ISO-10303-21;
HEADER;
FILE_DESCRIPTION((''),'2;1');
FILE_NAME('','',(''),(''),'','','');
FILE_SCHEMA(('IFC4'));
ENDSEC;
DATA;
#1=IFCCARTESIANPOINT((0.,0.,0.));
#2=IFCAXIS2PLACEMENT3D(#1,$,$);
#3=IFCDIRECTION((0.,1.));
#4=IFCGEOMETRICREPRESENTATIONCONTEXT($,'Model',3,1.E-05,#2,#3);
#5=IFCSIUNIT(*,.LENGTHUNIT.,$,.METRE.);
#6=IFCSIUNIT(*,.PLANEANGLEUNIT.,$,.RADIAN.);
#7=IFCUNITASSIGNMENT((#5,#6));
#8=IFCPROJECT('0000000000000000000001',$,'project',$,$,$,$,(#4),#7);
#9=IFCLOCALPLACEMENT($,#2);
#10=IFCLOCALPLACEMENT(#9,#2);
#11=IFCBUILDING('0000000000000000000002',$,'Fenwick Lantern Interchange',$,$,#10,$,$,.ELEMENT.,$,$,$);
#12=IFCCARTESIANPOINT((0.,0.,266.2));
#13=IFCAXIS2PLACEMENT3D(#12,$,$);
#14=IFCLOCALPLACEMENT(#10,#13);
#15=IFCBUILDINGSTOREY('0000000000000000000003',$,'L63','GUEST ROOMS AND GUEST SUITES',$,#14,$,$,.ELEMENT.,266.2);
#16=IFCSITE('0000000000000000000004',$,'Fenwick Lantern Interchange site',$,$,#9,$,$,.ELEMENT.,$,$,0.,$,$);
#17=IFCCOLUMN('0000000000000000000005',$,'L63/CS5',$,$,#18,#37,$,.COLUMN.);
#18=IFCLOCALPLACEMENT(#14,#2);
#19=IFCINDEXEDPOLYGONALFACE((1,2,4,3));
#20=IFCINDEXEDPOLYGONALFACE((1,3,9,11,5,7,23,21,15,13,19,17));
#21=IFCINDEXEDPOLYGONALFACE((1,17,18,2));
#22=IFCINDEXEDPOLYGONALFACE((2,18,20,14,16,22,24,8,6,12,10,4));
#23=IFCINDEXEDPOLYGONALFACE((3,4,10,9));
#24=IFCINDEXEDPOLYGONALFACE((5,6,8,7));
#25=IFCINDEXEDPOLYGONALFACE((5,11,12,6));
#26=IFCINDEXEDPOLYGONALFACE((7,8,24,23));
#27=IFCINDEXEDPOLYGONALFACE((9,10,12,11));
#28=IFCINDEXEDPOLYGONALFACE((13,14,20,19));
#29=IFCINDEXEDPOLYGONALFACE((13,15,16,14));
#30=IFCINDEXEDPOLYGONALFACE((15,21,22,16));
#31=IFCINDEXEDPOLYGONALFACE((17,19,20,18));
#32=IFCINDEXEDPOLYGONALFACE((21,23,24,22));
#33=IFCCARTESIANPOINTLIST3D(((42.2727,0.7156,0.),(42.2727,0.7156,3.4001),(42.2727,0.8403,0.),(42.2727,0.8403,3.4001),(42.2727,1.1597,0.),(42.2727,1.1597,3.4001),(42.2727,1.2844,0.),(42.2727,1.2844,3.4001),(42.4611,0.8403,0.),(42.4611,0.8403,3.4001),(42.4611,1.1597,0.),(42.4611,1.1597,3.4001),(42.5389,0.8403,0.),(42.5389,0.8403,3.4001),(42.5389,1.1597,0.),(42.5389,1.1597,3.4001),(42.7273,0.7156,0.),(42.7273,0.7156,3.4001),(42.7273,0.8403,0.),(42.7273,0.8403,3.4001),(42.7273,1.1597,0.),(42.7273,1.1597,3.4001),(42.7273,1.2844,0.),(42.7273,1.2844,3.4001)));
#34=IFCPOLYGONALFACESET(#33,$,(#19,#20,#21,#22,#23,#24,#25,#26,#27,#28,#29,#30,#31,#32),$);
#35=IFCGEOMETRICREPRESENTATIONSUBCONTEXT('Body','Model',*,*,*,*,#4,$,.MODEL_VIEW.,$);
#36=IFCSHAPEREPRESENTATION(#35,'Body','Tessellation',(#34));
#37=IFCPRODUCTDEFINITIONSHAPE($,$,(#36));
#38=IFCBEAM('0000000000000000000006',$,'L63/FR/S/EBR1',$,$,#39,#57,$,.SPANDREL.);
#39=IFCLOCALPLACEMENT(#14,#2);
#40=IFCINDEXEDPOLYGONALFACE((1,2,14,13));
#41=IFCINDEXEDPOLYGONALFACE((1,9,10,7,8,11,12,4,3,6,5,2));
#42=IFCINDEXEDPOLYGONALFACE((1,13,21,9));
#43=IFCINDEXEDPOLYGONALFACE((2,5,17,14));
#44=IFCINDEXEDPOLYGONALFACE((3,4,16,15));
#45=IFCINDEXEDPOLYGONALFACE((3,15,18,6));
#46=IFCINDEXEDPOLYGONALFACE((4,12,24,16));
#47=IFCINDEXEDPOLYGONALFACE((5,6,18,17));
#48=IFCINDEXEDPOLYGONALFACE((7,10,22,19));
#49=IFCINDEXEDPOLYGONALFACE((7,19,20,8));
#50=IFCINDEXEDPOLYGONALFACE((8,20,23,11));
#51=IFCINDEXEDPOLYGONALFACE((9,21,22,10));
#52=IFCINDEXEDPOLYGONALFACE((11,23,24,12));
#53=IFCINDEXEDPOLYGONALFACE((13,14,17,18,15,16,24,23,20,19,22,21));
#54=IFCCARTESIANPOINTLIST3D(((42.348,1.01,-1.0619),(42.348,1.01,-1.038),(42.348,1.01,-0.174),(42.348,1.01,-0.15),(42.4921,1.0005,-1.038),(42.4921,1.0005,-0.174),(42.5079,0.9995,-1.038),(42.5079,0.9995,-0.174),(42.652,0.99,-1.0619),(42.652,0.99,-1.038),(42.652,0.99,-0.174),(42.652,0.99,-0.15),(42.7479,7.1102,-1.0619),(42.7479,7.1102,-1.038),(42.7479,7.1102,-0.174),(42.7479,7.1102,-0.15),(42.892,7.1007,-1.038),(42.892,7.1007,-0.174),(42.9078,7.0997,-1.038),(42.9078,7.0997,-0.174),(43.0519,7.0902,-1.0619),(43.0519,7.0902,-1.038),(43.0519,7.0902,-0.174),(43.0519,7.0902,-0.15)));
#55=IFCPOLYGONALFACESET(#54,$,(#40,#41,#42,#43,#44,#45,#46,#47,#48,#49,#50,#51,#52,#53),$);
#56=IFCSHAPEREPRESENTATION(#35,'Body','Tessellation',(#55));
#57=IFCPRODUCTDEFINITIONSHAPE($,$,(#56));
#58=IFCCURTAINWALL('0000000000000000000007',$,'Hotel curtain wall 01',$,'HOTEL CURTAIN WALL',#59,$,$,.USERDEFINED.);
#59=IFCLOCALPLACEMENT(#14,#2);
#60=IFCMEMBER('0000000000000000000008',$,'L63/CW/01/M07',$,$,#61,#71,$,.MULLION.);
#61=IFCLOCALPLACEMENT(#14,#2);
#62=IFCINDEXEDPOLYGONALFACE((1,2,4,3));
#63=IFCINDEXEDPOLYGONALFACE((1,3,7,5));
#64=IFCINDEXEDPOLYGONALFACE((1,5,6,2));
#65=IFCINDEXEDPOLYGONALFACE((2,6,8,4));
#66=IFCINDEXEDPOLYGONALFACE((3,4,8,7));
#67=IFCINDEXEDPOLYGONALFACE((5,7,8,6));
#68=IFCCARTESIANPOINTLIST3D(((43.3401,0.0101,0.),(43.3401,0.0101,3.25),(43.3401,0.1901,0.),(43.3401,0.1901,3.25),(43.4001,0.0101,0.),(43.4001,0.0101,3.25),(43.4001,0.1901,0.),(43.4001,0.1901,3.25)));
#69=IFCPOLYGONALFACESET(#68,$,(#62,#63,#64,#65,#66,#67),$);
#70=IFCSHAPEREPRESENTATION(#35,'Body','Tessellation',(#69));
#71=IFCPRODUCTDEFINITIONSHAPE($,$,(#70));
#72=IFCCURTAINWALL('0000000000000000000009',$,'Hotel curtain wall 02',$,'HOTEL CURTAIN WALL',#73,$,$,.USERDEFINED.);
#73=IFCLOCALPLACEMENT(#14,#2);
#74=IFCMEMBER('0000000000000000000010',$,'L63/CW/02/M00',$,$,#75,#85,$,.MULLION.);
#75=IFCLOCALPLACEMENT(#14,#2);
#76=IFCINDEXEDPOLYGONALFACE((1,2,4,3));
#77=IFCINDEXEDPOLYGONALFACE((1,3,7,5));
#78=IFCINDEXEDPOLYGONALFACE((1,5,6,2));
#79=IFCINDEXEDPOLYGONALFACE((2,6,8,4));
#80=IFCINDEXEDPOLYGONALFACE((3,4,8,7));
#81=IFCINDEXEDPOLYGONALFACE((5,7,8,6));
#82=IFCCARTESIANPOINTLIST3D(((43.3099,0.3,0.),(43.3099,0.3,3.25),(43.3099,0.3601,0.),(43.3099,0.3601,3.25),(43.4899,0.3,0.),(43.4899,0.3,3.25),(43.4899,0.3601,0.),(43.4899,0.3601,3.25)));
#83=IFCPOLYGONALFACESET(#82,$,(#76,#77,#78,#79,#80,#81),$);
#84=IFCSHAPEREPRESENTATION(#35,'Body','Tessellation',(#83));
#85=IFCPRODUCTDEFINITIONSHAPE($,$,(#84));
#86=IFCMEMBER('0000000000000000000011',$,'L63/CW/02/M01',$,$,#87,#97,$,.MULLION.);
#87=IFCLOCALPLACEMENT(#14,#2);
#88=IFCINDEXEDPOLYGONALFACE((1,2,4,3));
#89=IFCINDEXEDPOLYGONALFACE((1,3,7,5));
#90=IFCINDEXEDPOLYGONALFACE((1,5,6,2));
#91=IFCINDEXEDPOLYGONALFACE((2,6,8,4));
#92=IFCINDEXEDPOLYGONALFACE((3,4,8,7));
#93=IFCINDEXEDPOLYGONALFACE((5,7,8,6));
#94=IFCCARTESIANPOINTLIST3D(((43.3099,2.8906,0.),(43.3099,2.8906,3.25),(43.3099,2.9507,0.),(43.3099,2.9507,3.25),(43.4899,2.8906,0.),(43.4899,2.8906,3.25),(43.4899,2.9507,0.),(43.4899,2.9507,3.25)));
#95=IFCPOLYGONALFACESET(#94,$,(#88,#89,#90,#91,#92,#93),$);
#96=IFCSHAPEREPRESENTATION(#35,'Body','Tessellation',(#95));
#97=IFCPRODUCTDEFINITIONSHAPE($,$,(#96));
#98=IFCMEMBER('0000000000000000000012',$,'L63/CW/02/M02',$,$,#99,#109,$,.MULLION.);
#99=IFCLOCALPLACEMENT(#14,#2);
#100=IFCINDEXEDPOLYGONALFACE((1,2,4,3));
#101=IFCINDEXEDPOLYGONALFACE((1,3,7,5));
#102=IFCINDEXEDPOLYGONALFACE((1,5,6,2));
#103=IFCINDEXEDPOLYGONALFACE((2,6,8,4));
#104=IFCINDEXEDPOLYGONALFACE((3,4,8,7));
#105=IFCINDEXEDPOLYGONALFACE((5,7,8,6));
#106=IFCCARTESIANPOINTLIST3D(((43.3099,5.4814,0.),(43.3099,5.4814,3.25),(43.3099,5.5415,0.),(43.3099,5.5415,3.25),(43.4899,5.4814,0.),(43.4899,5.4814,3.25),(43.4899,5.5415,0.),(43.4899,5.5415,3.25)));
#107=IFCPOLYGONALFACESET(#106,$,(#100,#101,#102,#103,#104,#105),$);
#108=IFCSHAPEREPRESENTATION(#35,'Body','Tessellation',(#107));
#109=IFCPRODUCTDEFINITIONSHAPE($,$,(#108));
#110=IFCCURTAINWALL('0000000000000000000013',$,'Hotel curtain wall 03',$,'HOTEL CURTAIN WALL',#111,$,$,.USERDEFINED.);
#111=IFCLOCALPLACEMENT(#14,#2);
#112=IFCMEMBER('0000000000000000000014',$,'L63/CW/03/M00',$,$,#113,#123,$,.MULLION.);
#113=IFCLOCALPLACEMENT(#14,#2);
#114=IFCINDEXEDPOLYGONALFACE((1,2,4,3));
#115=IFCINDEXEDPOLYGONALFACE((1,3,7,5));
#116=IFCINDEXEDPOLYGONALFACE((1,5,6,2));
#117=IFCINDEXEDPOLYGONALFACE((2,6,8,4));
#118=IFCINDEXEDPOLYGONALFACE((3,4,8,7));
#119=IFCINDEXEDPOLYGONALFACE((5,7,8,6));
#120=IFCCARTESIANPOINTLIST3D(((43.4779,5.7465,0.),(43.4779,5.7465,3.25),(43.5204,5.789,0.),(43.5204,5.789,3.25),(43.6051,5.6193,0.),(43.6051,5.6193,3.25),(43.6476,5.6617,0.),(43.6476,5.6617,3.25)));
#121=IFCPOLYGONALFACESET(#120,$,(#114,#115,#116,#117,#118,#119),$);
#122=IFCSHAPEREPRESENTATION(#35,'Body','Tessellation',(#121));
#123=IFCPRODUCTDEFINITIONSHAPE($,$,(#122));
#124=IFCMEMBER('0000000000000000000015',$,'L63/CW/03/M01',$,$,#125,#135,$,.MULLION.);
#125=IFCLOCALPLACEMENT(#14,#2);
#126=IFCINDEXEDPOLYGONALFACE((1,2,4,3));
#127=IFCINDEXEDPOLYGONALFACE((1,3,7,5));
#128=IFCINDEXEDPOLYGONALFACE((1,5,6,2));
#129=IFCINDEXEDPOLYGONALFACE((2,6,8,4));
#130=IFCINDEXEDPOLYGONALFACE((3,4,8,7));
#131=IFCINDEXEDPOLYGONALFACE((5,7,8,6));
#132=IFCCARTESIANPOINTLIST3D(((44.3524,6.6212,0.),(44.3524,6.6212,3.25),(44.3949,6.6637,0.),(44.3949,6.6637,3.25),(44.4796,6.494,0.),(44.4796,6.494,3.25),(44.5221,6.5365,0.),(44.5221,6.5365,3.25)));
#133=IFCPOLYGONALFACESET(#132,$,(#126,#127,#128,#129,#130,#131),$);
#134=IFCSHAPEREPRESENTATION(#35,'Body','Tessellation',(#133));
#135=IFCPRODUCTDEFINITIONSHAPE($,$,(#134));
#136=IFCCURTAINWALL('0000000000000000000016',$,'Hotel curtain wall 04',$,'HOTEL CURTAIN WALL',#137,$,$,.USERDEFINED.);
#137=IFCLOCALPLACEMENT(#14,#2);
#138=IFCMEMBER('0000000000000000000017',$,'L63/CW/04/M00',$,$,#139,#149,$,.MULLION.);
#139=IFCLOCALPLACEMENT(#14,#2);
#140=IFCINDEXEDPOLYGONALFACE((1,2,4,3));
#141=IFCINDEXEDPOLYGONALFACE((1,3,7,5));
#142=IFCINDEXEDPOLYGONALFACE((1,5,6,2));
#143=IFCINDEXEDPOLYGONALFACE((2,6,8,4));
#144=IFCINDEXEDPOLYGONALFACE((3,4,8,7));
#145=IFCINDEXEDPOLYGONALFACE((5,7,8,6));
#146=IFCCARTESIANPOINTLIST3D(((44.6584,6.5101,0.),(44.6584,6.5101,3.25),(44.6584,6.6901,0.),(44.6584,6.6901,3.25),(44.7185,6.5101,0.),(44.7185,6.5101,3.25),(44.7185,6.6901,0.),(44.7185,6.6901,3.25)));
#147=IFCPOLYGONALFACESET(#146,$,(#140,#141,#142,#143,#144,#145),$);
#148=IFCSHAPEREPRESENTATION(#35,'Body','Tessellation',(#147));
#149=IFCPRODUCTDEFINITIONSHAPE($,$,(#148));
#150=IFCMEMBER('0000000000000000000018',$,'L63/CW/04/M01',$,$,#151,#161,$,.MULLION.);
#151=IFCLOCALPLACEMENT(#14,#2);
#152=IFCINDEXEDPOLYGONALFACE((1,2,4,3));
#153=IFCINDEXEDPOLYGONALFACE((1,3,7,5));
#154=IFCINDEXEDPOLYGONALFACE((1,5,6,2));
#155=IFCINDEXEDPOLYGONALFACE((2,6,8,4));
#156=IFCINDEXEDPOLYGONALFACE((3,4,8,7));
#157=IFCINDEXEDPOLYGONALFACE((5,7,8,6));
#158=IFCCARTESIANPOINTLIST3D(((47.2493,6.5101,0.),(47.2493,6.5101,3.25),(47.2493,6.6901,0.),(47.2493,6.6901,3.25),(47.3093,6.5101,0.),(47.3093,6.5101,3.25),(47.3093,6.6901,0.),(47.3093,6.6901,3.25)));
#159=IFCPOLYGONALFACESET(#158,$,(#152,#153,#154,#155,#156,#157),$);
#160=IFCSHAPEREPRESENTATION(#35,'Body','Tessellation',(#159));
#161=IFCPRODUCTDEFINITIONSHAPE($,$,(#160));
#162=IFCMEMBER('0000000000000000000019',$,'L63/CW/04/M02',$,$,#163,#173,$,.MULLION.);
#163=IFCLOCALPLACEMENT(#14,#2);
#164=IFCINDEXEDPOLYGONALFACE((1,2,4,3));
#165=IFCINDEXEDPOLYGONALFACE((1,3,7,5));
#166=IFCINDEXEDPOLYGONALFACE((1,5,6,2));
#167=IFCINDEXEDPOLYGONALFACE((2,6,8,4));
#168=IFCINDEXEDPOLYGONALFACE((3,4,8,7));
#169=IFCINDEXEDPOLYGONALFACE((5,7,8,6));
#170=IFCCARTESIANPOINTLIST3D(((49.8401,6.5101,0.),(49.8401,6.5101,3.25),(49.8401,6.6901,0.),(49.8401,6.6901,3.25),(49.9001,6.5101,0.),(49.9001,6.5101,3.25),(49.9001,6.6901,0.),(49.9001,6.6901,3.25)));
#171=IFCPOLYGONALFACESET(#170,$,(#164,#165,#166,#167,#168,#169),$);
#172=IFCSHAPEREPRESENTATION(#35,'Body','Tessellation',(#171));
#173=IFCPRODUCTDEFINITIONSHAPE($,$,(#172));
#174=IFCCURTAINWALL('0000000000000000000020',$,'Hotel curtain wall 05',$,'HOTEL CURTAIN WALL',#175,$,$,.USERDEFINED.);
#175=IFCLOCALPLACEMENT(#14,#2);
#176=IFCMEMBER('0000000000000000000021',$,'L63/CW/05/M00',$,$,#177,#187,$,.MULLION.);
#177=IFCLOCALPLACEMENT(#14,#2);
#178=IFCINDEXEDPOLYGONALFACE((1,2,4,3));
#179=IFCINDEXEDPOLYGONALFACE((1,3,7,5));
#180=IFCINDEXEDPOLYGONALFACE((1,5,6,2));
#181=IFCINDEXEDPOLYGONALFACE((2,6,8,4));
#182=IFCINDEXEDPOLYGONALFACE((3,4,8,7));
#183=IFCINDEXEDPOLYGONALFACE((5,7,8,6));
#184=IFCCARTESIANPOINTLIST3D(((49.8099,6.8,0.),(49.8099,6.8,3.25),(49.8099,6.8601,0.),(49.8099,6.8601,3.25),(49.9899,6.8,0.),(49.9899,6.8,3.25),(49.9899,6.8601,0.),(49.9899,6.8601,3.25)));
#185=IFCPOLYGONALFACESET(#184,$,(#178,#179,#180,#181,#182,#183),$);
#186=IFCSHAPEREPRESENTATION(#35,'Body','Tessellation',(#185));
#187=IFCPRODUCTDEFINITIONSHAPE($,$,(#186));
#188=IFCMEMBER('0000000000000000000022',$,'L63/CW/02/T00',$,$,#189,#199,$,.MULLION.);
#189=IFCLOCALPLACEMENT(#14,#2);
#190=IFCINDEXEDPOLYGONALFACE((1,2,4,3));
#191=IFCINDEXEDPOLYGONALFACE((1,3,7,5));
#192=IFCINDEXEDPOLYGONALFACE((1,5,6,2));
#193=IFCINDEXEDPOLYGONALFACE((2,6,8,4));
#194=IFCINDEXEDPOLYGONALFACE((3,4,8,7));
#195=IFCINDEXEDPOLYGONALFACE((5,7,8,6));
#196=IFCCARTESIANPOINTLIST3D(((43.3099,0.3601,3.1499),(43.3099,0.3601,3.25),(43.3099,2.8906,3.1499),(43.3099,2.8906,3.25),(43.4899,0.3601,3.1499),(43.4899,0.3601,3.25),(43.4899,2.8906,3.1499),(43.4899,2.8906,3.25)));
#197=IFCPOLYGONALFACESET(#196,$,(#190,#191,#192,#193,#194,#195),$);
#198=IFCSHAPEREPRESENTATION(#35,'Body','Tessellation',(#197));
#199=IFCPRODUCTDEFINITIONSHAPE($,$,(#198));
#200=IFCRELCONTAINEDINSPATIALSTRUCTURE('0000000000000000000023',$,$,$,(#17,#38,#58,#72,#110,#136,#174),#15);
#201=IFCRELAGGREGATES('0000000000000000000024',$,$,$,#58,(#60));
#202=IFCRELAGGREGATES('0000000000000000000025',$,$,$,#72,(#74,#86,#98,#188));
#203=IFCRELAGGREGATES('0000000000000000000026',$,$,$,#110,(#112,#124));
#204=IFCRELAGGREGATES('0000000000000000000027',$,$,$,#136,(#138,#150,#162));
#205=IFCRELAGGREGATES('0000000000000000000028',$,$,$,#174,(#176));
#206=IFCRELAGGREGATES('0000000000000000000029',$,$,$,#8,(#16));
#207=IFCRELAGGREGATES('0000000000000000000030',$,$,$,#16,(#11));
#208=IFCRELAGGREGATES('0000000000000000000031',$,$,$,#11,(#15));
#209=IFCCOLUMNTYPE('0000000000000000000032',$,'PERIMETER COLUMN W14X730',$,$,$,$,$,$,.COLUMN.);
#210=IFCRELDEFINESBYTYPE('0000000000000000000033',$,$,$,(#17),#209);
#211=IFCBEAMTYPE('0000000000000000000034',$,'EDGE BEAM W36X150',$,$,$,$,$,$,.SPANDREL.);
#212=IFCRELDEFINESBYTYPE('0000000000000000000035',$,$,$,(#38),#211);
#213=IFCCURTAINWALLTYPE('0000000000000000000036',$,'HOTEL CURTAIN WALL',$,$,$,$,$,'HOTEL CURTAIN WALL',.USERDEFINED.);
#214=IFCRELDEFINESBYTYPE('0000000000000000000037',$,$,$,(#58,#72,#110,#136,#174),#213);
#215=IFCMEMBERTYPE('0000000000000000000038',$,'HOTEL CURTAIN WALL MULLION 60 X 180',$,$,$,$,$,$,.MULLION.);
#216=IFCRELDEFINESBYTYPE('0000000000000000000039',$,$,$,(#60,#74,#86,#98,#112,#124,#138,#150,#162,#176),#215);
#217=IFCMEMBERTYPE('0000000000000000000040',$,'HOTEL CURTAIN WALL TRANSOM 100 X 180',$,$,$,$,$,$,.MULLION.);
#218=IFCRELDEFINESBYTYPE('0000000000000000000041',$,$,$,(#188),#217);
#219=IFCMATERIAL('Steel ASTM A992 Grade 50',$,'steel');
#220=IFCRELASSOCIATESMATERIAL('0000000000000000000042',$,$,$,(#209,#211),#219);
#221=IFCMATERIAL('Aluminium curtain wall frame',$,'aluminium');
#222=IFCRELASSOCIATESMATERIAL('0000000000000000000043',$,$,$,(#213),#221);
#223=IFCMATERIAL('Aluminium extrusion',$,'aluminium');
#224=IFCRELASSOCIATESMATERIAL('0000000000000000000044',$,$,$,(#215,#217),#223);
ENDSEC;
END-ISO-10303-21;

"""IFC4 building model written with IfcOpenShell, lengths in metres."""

from ifc_helpers import new_model, si_unit, direction, frame, origin, origin_2d, place, context, subcontext, project, spatial, rectangle, i_section, extrude, material, material_profile, profile_set, type_object, element, aggregate, save


model = new_model("IFC4")

# Units and contexts
model_context = context("Model", 3, precision=1e-05, world=origin(), true_north=direction((0.0, 1.0)))
body_context = subcontext(model_context, "Body", "Model", "MODEL_VIEW")
ifc_project = project(units=[si_unit("LENGTHUNIT", "METRE"), si_unit("PLANEANGLEUNIT", "RADIAN")], contexts=[model_context])

# Site, building, storey
site_placement = place(None, origin())
site = spatial("IfcSite", under=ifc_project, at=site_placement, Name="Fenwick Lantern Interchange site", CompositionType="ELEMENT", RefElevation=0.0)
building_placement = place(site_placement, origin())
building = spatial("IfcBuilding", under=site, at=building_placement, Name="Fenwick Lantern Interchange", CompositionType="ELEMENT")
storey_placement = place(building_placement, frame((0.0, 0.0, 266.2)))
storey = spatial("IfcBuildingStorey", under=building, at=storey_placement, Name="L63", Description="GUEST ROOMS AND GUEST SUITES", CompositionType="ELEMENT", Elevation=266.2)

# Column
ifc_material_1 = material(Name="Steel ASTM A992 Grade 50", Category="steel")
ifc_material_profile_1 = material_profile(ifc_material_1, i_section(OverallWidth=0.4546, OverallDepth=0.5688, WebThickness=0.0779, FlangeThickness=0.1248, at=origin_2d()), Name="W14X730")
ifc_profile_set_1 = profile_set([ifc_material_profile_1], Name="Steel ASTM A992 Grade 50")
column_type = type_object("IfcColumnType", Name="PERIMETER COLUMN W14X730", PredefinedType="COLUMN", material=ifc_profile_set_1)
column_placement = place(storey_placement, frame((42.5, 1.0, 0.0), z_axis=(0.0, 0.0, 1.0), x_axis=(1.0, 0.0, 0.0)))
element("IfcColumn", 1, at=column_placement, inside=storey, type_object=column_type, Name="L63/CS5", PredefinedType="COLUMN", context=body_context, shape_type="SweptSolid", body=[
    extrude(i_section(OverallWidth=0.4546, OverallDepth=0.5688, WebThickness=0.0779, FlangeThickness=0.1248, at=origin_2d()), origin(), (0.0, 0.0, 1.0), 3.4001),
])

# Beam
ifc_material_profile_2 = material_profile(ifc_material_1, i_section(OverallWidth=0.3047, OverallDepth=0.9119, WebThickness=0.0159, FlangeThickness=0.0239, at=origin_2d()), Name="W36X150")
ifc_profile_set_2 = profile_set([ifc_material_profile_2], Name="Steel ASTM A992 Grade 50")
beam_type = type_object("IfcBeamType", Name="EDGE BEAM W36X150", PredefinedType="SPANDREL", material=ifc_profile_set_2)
beam_placement = place(storey_placement, frame((42.5, 1.0, -0.606), z_axis=(0.065416, 0.997858, 0.0), x_axis=(-0.997858, 0.065416, 0.0)))
element("IfcBeam", 2, at=beam_placement, inside=storey, type_object=beam_type, Name="L63/FR/S/EBR1", PredefinedType="SPANDREL", context=body_context, shape_type="SweptSolid", body=[
    extrude(i_section(OverallWidth=0.3047, OverallDepth=0.9119, WebThickness=0.0159, FlangeThickness=0.0239, at=origin_2d()), origin(), (0.0, 0.0, 1.0), 6.1133),
])

# Curtain wall, member
ifc_material_2 = material(Name="Aluminium curtain wall frame", Category="aluminium")
curtain_wall_type = type_object("IfcCurtainWallType", Name="HOTEL CURTAIN WALL", ElementType="HOTEL CURTAIN WALL", PredefinedType="USERDEFINED", material=ifc_material_2)
curtain_wall_1_placement = place(storey_placement, origin())
curtain_wall_1 = element("IfcCurtainWall", 3, at=curtain_wall_1_placement, inside=storey, type_object=curtain_wall_type, Name="Hotel curtain wall 01", ObjectType="HOTEL CURTAIN WALL", PredefinedType="USERDEFINED")
ifc_material_3 = material(Name="Aluminium extrusion", Category="aluminium")
ifc_material_profile_3 = material_profile(ifc_material_3, rectangle(XDim=0.1799, YDim=0.0601, at=origin_2d()), Name="HOTEL CURTAIN WALL MULLION 60 X 180")
ifc_profile_set_3 = profile_set([ifc_material_profile_3], Name="Aluminium extrusion")
member_type_1 = type_object("IfcMemberType", Name="HOTEL CURTAIN WALL MULLION 60 X 180", PredefinedType="MULLION", material=ifc_profile_set_3)
member_1_placement = place(storey_placement, frame((43.3701, 0.1001, 0.0), z_axis=(0.0, 0.0, 1.0), x_axis=(0.0, 1.0, 0.0)))
member_1 = element("IfcMember", 4, at=member_1_placement, type_object=member_type_1, Name="L63/CW/01/M07", PredefinedType="MULLION", context=body_context, shape_type="SweptSolid", body=[
    extrude(rectangle(XDim=0.1799, YDim=0.0601, at=origin_2d()), origin(), (0.0, 0.0, 1.0), 3.25),
])
aggregate(curtain_wall_1, [member_1])

# Curtain walls, members
curtain_wall_2_placement = place(storey_placement, origin())
curtain_wall_2 = element("IfcCurtainWall", 5, at=curtain_wall_2_placement, inside=storey, type_object=curtain_wall_type, Name="Hotel curtain wall 02", ObjectType="HOTEL CURTAIN WALL", PredefinedType="USERDEFINED")
member_2_placement = place(storey_placement, frame((43.3999, 0.3301, 0.0), z_axis=(0.0, 0.0, 1.0), x_axis=(-1.0, 0.0, 0.0)))
member_2 = element("IfcMember", 6, at=member_2_placement, type_object=member_type_1, Name="L63/CW/02/M00", PredefinedType="MULLION", context=body_context, shape_type="SweptSolid", body=[
    extrude(rectangle(XDim=0.1799, YDim=0.0601, at=origin_2d()), origin(), (0.0, 0.0, 1.0), 3.25),
])
member_3_placement = place(storey_placement, frame((43.3999, 2.9207, 0.0), z_axis=(0.0, 0.0, 1.0), x_axis=(-1.0, 0.0, 0.0)))
member_3 = element("IfcMember", 7, at=member_3_placement, type_object=member_type_1, Name="L63/CW/02/M01", PredefinedType="MULLION", context=body_context, shape_type="SweptSolid", body=[
    extrude(rectangle(XDim=0.1799, YDim=0.0601, at=origin_2d()), origin(), (0.0, 0.0, 1.0), 3.25),
])
member_4_placement = place(storey_placement, frame((43.3999, 5.5115, 0.0), z_axis=(0.0, 0.0, 1.0), x_axis=(-1.0, 0.0, 0.0)))
member_4 = element("IfcMember", 8, at=member_4_placement, type_object=member_type_1, Name="L63/CW/02/M02", PredefinedType="MULLION", context=body_context, shape_type="SweptSolid", body=[
    extrude(rectangle(XDim=0.1799, YDim=0.0601, at=origin_2d()), origin(), (0.0, 0.0, 1.0), 3.25),
])
curtain_wall_3_placement = place(storey_placement, origin())
curtain_wall_3 = element("IfcCurtainWall", 9, at=curtain_wall_3_placement, inside=storey, type_object=curtain_wall_type, Name="Hotel curtain wall 03", ObjectType="HOTEL CURTAIN WALL", PredefinedType="USERDEFINED")
member_5_placement = place(storey_placement, frame((43.5627, 5.7041, 0.0), z_axis=(0.0, 0.0, 1.0), x_axis=(-0.707107, 0.707107, 0.0)))
member_5 = element("IfcMember", 10, at=member_5_placement, type_object=member_type_1, Name="L63/CW/03/M00", PredefinedType="MULLION", context=body_context, shape_type="SweptSolid", body=[
    extrude(rectangle(XDim=0.1799, YDim=0.0601, at=origin_2d()), origin(), (0.0, 0.0, 1.0), 3.25),
])
member_6_placement = place(storey_placement, frame((44.4373, 6.5789, 0.0), z_axis=(0.0, 0.0, 1.0), x_axis=(-0.707107, 0.707107, 0.0)))
member_6 = element("IfcMember", 11, at=member_6_placement, type_object=member_type_1, Name="L63/CW/03/M01", PredefinedType="MULLION", context=body_context, shape_type="SweptSolid", body=[
    extrude(rectangle(XDim=0.1799, YDim=0.0601, at=origin_2d()), origin(), (0.0, 0.0, 1.0), 3.25),
])
curtain_wall_4_placement = place(storey_placement, origin())
curtain_wall_4 = element("IfcCurtainWall", 12, at=curtain_wall_4_placement, inside=storey, type_object=curtain_wall_type, Name="Hotel curtain wall 04", ObjectType="HOTEL CURTAIN WALL", PredefinedType="USERDEFINED")
member_7_placement = place(storey_placement, frame((44.6885, 6.6001, 0.0), z_axis=(0.0, 0.0, 1.0), x_axis=(0.0, 1.0, 0.0)))
member_7 = element("IfcMember", 13, at=member_7_placement, type_object=member_type_1, Name="L63/CW/04/M00", PredefinedType="MULLION", context=body_context, shape_type="SweptSolid", body=[
    extrude(rectangle(XDim=0.1799, YDim=0.0601, at=origin_2d()), origin(), (0.0, 0.0, 1.0), 3.25),
])
member_8_placement = place(storey_placement, frame((47.2793, 6.6001, 0.0), z_axis=(0.0, 0.0, 1.0), x_axis=(0.0, 1.0, 0.0)))
member_8 = element("IfcMember", 14, at=member_8_placement, type_object=member_type_1, Name="L63/CW/04/M01", PredefinedType="MULLION", context=body_context, shape_type="SweptSolid", body=[
    extrude(rectangle(XDim=0.1799, YDim=0.0601, at=origin_2d()), origin(), (0.0, 0.0, 1.0), 3.25),
])
member_9_placement = place(storey_placement, frame((49.8701, 6.6001, 0.0), z_axis=(0.0, 0.0, 1.0), x_axis=(0.0, 1.0, 0.0)))
member_9 = element("IfcMember", 15, at=member_9_placement, type_object=member_type_1, Name="L63/CW/04/M02", PredefinedType="MULLION", context=body_context, shape_type="SweptSolid", body=[
    extrude(rectangle(XDim=0.1799, YDim=0.0601, at=origin_2d()), origin(), (0.0, 0.0, 1.0), 3.25),
])

# Curtain wall, member
curtain_wall_5_placement = place(storey_placement, origin())
curtain_wall_5 = element("IfcCurtainWall", 16, at=curtain_wall_5_placement, inside=storey, type_object=curtain_wall_type, Name="Hotel curtain wall 05", ObjectType="HOTEL CURTAIN WALL", PredefinedType="USERDEFINED")
member_10_placement = place(storey_placement, frame((49.8999, 6.8301, 0.0), z_axis=(0.0, 0.0, 1.0), x_axis=(-1.0, 0.0, 0.0)))
member_10 = element("IfcMember", 17, at=member_10_placement, type_object=member_type_1, Name="L63/CW/05/M00", PredefinedType="MULLION", context=body_context, shape_type="SweptSolid", body=[
    extrude(rectangle(XDim=0.1799, YDim=0.0601, at=origin_2d()), origin(), (0.0, 0.0, 1.0), 3.25),
])

# Member
ifc_material_profile_4 = material_profile(ifc_material_3, rectangle(XDim=0.1799, YDim=0.1001, at=origin_2d()), Name="HOTEL CURTAIN WALL TRANSOM 100 X 180")
ifc_profile_set_4 = profile_set([ifc_material_profile_4], Name="Aluminium extrusion")
member_type_2 = type_object("IfcMemberType", Name="HOTEL CURTAIN WALL TRANSOM 100 X 180", PredefinedType="MULLION", material=ifc_profile_set_4)
member_11_placement = place(storey_placement, frame((43.3999, 0.3601, 3.2), z_axis=(0.0, 1.0, 0.0), x_axis=(-1.0, 0.0, 0.0)))
member_11 = element("IfcMember", 18, at=member_11_placement, type_object=member_type_2, Name="L63/CW/02/T00", PredefinedType="MULLION", context=body_context, shape_type="SweptSolid", body=[
    extrude(rectangle(XDim=0.1799, YDim=0.1001, at=origin_2d()), origin(), (0.0, 0.0, 1.0), 2.5305),
])

aggregate(curtain_wall_2, [member_2, member_3, member_4, member_11])
aggregate(curtain_wall_3, [member_5, member_6])
aggregate(curtain_wall_4, [member_7, member_8, member_9])
aggregate(curtain_wall_5, [member_10])

save(model, "model.ifc")
